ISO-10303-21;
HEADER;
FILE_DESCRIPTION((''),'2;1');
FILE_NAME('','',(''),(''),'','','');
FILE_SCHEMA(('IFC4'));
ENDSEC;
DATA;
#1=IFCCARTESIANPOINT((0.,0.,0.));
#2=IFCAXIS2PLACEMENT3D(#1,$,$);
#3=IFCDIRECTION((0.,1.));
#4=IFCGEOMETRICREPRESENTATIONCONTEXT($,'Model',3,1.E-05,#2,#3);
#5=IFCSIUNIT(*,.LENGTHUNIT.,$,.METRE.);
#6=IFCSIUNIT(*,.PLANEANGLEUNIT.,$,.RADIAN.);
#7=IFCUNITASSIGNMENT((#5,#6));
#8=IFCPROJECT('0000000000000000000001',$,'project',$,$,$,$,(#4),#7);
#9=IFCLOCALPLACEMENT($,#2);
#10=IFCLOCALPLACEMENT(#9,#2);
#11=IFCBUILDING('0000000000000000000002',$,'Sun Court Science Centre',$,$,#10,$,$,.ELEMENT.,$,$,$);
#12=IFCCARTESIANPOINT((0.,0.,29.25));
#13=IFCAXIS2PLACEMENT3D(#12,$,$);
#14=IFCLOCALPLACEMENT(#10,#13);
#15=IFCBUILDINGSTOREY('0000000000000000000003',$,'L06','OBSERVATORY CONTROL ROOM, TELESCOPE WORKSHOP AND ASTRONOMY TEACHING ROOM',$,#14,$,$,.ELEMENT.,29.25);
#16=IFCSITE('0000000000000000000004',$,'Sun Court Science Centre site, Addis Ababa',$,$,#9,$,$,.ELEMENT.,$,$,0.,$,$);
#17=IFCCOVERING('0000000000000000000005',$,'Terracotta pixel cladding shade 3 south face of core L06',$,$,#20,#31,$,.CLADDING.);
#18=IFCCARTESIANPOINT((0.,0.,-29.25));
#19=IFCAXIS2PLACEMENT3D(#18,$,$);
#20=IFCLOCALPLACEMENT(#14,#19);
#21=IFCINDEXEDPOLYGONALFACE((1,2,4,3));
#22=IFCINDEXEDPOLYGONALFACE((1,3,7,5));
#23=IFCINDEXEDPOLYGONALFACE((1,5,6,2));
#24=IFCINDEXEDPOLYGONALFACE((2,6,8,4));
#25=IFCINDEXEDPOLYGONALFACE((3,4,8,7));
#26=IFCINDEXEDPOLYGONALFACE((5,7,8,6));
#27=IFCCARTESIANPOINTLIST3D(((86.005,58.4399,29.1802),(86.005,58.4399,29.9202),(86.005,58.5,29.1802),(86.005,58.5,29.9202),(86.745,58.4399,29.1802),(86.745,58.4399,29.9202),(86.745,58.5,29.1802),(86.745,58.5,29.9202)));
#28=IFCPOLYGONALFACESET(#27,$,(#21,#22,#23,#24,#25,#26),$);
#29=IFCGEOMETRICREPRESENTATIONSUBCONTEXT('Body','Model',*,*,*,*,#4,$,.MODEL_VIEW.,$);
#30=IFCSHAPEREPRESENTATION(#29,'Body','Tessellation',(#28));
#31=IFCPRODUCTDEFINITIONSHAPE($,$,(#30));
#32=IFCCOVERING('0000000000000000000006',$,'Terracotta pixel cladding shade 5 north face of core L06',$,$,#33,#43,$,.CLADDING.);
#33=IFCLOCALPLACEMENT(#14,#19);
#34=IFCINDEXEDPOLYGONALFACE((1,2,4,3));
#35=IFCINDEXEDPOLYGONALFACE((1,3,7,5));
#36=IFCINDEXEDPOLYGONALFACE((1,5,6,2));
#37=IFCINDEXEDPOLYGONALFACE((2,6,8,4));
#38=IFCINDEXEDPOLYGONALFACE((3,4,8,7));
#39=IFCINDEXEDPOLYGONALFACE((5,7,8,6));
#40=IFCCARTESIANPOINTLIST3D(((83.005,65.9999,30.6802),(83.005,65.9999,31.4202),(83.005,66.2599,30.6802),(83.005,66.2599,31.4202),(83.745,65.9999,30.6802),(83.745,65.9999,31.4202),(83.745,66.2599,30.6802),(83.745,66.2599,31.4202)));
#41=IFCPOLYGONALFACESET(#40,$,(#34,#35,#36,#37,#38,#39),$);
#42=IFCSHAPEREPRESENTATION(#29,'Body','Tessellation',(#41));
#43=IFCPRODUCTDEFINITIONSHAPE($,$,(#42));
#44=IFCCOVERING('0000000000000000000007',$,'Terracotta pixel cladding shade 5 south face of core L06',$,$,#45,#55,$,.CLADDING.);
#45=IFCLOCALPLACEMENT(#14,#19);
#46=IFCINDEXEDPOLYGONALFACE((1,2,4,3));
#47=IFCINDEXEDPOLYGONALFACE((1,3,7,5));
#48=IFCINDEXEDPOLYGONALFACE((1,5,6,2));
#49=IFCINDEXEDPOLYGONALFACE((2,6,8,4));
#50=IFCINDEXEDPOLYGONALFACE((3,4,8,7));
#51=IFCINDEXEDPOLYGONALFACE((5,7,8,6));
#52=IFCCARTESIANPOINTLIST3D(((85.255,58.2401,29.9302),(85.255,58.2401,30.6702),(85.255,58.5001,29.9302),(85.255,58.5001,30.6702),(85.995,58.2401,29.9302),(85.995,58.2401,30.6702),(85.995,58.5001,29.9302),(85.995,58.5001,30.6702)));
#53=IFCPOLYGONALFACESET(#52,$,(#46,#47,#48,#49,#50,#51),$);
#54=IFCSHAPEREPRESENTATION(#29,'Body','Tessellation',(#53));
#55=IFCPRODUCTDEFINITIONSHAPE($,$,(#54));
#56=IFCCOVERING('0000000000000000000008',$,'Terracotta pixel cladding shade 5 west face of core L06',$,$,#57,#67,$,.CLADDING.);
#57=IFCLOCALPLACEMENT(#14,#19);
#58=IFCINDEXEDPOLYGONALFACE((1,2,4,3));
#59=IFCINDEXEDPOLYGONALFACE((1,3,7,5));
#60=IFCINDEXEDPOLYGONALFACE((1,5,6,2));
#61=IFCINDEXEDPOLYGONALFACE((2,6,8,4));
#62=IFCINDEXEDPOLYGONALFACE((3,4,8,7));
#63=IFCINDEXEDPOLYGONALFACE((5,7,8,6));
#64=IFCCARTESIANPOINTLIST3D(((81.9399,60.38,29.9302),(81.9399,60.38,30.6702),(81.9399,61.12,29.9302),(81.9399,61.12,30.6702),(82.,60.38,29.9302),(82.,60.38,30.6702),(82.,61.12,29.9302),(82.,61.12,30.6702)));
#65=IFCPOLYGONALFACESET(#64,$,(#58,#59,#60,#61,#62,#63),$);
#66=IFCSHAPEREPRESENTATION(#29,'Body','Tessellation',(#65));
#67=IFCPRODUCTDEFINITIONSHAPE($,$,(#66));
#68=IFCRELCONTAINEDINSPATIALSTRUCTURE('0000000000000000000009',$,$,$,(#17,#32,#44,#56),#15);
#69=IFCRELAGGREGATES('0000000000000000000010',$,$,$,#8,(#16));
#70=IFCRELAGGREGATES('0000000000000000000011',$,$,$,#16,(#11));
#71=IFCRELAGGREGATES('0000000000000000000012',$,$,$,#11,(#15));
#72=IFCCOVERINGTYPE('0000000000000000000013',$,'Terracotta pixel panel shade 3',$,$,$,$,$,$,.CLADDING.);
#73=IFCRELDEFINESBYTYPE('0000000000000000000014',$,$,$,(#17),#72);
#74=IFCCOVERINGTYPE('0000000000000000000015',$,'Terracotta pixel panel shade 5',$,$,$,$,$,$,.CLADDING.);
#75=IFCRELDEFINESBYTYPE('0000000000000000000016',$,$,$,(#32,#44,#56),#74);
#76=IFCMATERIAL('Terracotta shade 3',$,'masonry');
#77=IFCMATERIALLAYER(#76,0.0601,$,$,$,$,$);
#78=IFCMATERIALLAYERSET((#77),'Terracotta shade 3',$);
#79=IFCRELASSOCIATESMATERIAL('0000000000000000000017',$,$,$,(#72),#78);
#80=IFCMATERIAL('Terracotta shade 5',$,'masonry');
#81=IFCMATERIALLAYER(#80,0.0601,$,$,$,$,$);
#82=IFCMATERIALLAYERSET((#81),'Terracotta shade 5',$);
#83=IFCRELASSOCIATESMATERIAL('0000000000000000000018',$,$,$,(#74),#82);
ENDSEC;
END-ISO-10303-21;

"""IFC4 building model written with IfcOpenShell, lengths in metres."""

from ifc_helpers import new_model, si_unit, direction, frame, origin, origin_2d, place, context, subcontext, project, spatial, rectangle, extrude, material, layer, layer_set, type_object, element, save


model = new_model("IFC4")

# Units and contexts
model_context = context("Model", 3, precision=1e-05, world=origin(), true_north=direction((0.0, 1.0)))
body_context = subcontext(model_context, "Body", "Model", "MODEL_VIEW")
ifc_project = project(units=[si_unit("LENGTHUNIT", "METRE"), si_unit("PLANEANGLEUNIT", "RADIAN")], contexts=[model_context])

# Site, building, storey
site_placement = place(None, origin())
site = spatial("IfcSite", under=ifc_project, at=site_placement, Name="Sun Court Science Centre site, Addis Ababa", CompositionType="ELEMENT", RefElevation=0.0)
building_placement = place(site_placement, origin())
building = spatial("IfcBuilding", under=site, at=building_placement, Name="Sun Court Science Centre", CompositionType="ELEMENT")
storey_placement = place(building_placement, frame((0.0, 0.0, 29.25)))
storey = spatial("IfcBuildingStorey", under=building, at=storey_placement, Name="L06", Description="OBSERVATORY CONTROL ROOM, TELESCOPE WORKSHOP AND ASTRONOMY TEACHING ROOM", CompositionType="ELEMENT", Elevation=29.25)

# Coverings
ifc_material_1 = material(Name="Terracotta shade 3", Category="masonry")
ifc_layer_1 = layer(ifc_material_1, 0.0601)
ifc_layer_set_1 = layer_set([ifc_layer_1], Name="Terracotta shade 3")
covering_type_1 = type_object("IfcCoveringType", Name="Terracotta pixel panel shade 3", PredefinedType="CLADDING", material=ifc_layer_set_1)
covering_1_placement = place(storey_placement, frame((0.0, 0.0, -29.25)))
element("IfcCovering", 1, at=covering_1_placement, inside=storey, type_object=covering_type_1, Name="Terracotta pixel cladding shade 3 south face of core L06", PredefinedType="CLADDING", context=body_context, shape_type="SweptSolid", body=[
    extrude(rectangle(XDim=0.74, YDim=0.0601, at=origin_2d()), frame((86.375, 58.47, 29.1802), z_axis=(0.0, 0.0, 1.0), x_axis=(-1.0, 0.0, 0.0)), (0.0, 0.0, 1.0), 0.74),
])
ifc_material_2 = material(Name="Terracotta shade 5", Category="masonry")
ifc_layer_2 = layer(ifc_material_2, 0.0601)
ifc_layer_set_2 = layer_set([ifc_layer_2], Name="Terracotta shade 5")
covering_type_2 = type_object("IfcCoveringType", Name="Terracotta pixel panel shade 5", PredefinedType="CLADDING", material=ifc_layer_set_2)
covering_2_placement = place(storey_placement, frame((0.0, 0.0, -29.25)))
element("IfcCovering", 2, at=covering_2_placement, inside=storey, type_object=covering_type_2, Name="Terracotta pixel cladding shade 5 north face of core L06", PredefinedType="CLADDING", context=body_context, shape_type="SweptSolid", body=[
    extrude(rectangle(XDim=0.74, YDim=0.26, at=origin_2d()), frame((83.375, 66.1299, 30.6802), z_axis=(0.0, 0.0, 1.0), x_axis=(1.0, 0.0, 0.0)), (0.0, 0.0, 1.0), 0.74),
])
covering_3_placement = place(storey_placement, frame((0.0, 0.0, -29.25)))
element("IfcCovering", 3, at=covering_3_placement, inside=storey, type_object=covering_type_2, Name="Terracotta pixel cladding shade 5 south face of core L06", PredefinedType="CLADDING", context=body_context, shape_type="SweptSolid", body=[
    extrude(rectangle(XDim=0.74, YDim=0.26, at=origin_2d()), frame((85.625, 58.3701, 29.9302), z_axis=(0.0, 0.0, 1.0), x_axis=(-1.0, 0.0, 0.0)), (0.0, 0.0, 1.0), 0.74),
])
covering_4_placement = place(storey_placement, frame((0.0, 0.0, -29.25)))
element("IfcCovering", 4, at=covering_4_placement, inside=storey, type_object=covering_type_2, Name="Terracotta pixel cladding shade 5 west face of core L06", PredefinedType="CLADDING", context=body_context, shape_type="SweptSolid", body=[
    extrude(rectangle(XDim=0.74, YDim=0.0601, at=origin_2d()), frame((81.97, 60.75, 29.9302), z_axis=(0.0, 0.0, 1.0), x_axis=(0.0, 1.0, 0.0)), (0.0, 0.0, 1.0), 0.74),
])

save(model, "model.ifc")
